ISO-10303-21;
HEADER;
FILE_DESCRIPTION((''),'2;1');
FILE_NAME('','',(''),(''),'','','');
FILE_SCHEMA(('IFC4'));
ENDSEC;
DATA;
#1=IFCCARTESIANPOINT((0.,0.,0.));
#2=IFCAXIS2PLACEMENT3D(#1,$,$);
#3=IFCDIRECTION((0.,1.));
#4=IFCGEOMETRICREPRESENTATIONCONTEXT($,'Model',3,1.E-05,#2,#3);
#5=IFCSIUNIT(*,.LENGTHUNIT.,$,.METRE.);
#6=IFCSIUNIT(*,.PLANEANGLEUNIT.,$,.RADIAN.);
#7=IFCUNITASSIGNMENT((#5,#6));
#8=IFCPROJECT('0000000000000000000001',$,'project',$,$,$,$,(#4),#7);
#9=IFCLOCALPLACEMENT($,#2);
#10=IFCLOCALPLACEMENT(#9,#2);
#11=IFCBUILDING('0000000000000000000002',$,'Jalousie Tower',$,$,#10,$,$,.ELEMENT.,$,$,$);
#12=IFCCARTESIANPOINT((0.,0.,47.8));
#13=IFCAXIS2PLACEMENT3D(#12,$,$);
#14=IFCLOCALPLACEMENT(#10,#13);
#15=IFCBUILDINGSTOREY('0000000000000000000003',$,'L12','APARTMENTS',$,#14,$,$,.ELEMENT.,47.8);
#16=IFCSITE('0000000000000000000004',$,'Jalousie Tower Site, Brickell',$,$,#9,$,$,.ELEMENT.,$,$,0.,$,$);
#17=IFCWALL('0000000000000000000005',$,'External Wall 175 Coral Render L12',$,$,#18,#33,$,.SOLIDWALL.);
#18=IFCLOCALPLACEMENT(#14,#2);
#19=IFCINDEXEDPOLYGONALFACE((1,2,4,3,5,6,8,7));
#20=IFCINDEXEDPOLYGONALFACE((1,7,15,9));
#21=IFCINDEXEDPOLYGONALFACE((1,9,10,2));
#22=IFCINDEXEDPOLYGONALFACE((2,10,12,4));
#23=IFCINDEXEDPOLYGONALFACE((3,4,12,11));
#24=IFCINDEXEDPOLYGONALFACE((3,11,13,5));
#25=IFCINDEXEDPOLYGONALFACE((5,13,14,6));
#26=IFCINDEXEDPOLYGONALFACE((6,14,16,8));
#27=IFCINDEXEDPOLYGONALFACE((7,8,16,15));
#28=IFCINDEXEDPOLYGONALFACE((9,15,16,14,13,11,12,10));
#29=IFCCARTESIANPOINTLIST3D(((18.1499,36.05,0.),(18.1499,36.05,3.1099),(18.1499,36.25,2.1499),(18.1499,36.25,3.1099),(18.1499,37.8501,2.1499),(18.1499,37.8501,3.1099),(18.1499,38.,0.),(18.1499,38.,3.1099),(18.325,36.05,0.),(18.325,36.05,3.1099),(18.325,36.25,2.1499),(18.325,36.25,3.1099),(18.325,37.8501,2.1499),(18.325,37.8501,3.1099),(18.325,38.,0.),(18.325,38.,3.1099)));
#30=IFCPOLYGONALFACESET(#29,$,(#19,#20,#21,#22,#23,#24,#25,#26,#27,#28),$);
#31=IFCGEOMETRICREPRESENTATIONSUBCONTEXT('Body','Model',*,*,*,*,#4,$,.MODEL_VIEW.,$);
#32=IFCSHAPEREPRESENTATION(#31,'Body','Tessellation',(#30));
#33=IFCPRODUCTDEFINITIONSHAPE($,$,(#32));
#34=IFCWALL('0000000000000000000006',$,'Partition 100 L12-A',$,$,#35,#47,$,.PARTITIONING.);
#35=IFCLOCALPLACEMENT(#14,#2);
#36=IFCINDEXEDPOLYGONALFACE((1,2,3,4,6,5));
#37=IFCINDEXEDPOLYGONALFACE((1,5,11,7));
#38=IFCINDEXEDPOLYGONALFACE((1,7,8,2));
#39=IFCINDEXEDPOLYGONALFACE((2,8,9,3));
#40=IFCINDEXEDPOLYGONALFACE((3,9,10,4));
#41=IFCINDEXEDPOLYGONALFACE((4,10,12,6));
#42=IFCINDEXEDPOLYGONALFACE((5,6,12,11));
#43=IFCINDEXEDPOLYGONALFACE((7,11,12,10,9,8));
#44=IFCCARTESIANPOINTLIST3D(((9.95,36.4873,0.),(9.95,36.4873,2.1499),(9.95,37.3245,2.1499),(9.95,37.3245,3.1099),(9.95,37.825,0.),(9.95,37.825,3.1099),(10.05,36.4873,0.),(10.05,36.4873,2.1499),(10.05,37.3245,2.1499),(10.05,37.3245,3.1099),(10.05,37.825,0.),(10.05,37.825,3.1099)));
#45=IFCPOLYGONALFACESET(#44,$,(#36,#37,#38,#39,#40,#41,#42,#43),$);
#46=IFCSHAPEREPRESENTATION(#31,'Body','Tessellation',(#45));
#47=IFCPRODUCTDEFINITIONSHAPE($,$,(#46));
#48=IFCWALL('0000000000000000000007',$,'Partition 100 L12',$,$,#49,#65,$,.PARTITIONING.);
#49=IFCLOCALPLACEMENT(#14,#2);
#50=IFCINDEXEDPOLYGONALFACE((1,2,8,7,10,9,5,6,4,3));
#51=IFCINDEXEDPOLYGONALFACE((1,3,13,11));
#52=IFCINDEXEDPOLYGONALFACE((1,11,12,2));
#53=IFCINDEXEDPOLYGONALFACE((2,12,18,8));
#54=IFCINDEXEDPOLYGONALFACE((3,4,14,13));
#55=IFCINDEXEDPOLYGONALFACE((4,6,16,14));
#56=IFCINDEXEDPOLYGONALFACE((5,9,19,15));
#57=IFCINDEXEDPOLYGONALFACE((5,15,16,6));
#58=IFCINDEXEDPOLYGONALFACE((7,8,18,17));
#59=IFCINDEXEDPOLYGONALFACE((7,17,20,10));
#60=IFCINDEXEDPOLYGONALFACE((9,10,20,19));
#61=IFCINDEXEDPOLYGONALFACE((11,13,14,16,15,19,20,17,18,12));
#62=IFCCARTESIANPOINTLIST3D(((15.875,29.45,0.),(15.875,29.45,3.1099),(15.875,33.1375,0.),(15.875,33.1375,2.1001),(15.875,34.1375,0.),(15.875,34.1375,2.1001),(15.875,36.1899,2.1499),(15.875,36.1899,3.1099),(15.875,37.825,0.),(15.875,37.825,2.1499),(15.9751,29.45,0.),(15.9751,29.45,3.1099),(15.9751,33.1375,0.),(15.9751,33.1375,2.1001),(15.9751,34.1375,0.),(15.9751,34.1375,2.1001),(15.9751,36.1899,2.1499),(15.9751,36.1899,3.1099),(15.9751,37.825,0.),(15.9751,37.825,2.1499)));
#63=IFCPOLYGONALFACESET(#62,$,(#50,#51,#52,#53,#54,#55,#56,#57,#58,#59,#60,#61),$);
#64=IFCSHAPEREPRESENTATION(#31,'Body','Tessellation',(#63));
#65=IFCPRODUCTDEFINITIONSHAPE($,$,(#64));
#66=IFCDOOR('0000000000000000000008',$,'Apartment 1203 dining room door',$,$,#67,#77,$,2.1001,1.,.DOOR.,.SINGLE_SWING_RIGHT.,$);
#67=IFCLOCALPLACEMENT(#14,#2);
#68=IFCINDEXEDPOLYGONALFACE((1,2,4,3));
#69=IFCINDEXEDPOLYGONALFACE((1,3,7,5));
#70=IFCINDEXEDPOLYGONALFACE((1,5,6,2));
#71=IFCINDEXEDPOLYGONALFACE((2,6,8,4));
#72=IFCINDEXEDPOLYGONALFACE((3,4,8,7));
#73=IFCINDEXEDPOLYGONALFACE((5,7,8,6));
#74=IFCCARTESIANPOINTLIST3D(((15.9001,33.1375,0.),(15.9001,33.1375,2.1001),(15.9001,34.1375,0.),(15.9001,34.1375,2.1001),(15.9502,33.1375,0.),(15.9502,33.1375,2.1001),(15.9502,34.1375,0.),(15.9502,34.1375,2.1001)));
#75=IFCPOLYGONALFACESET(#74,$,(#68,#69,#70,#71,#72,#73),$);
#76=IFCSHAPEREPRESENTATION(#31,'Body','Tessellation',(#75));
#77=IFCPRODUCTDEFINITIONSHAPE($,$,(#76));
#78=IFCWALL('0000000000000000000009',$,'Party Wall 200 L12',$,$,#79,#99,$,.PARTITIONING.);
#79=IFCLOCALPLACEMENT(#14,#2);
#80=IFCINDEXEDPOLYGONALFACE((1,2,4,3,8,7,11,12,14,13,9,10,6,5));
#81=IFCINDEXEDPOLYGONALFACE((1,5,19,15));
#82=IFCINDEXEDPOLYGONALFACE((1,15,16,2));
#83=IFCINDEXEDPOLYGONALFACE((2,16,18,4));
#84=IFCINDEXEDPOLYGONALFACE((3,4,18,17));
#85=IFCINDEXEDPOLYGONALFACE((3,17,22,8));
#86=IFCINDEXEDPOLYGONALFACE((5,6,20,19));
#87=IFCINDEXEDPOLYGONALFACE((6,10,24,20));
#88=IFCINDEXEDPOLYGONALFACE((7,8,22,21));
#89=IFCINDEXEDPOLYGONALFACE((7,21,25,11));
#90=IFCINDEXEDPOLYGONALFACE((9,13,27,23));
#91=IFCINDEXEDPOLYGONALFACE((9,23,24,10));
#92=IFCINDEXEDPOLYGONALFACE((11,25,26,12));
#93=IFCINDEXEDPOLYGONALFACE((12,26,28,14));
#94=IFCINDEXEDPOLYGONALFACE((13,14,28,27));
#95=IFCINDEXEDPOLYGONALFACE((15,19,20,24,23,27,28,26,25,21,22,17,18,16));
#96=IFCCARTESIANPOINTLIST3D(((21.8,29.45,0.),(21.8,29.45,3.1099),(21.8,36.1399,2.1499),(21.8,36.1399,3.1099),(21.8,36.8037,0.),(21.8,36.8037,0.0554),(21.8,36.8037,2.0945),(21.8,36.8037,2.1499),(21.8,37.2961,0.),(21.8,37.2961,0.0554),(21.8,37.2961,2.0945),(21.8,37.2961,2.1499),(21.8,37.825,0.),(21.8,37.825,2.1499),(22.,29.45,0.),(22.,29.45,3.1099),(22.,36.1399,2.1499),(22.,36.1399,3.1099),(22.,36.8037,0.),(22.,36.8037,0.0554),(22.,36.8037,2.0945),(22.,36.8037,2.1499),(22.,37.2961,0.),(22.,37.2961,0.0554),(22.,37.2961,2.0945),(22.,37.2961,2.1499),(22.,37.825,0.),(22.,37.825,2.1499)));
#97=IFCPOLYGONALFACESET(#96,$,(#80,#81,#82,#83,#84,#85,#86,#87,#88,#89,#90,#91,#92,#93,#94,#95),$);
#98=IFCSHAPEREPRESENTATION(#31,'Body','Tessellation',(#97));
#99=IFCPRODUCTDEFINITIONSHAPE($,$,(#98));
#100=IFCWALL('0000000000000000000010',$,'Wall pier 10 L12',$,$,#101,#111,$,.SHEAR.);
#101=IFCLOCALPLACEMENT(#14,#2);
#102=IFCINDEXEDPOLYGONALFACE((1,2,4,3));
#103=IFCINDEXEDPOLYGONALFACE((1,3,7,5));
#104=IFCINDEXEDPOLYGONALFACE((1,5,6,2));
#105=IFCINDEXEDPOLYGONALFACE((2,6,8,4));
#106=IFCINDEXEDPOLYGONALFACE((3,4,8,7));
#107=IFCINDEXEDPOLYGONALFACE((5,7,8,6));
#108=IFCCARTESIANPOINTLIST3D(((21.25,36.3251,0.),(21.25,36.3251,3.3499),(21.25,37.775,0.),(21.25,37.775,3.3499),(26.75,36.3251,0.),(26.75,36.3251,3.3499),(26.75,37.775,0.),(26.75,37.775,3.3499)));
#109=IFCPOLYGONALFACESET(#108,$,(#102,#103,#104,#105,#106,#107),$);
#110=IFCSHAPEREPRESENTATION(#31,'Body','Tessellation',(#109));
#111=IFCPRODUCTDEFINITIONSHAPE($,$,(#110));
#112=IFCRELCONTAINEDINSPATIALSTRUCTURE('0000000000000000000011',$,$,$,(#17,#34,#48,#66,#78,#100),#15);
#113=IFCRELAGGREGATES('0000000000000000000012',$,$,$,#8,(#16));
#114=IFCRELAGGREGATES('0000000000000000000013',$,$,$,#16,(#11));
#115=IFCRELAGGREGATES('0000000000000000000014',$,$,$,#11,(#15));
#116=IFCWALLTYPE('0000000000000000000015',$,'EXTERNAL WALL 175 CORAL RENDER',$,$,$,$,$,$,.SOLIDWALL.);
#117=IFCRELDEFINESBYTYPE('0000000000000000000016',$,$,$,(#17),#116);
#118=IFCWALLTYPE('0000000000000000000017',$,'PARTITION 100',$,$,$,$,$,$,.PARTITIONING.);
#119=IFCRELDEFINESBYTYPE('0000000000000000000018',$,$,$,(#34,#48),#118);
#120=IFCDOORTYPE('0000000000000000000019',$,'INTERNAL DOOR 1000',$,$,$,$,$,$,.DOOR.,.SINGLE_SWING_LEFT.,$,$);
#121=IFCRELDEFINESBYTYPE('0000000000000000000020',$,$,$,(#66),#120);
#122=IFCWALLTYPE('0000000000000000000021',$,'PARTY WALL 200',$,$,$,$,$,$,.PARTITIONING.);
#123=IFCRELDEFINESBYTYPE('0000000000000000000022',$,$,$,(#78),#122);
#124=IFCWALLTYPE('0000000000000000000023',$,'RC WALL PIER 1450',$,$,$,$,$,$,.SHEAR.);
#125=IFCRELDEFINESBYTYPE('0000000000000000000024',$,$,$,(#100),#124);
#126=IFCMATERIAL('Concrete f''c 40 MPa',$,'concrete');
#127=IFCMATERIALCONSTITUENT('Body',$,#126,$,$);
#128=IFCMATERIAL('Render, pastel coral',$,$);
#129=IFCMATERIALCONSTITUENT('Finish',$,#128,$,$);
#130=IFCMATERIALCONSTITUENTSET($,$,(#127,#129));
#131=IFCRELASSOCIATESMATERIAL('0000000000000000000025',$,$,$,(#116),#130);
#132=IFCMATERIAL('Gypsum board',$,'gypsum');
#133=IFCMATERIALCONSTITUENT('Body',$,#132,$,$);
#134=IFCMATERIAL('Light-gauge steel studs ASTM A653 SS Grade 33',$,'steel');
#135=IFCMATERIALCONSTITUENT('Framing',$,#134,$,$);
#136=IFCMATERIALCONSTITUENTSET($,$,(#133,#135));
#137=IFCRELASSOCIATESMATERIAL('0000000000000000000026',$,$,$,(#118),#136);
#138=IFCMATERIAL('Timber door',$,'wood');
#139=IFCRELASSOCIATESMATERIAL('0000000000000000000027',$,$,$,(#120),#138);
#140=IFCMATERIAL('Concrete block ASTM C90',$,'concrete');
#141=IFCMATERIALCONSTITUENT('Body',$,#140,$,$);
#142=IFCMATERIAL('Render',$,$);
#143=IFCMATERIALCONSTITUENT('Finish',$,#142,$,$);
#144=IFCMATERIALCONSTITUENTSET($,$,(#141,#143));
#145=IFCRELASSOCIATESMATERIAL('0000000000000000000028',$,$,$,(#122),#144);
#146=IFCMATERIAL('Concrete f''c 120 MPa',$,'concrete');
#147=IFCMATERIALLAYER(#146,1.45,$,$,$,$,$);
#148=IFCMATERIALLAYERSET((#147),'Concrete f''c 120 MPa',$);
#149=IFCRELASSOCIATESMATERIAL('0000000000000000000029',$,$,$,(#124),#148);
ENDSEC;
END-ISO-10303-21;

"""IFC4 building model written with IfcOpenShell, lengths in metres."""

from ifc_helpers import new_model, si_unit, direction, frame, frame_2d, origin, place, context, subcontext, project, spatial, polyline, rectangle, outline, extrude, material, layer, layer_set, constituent, constituent_set, type_object, element, fill, save


model = new_model("IFC4")

# Units and contexts
model_context = context("Model", 3, precision=1e-05, world=origin(), true_north=direction((0.0, 1.0)))
body_context = subcontext(model_context, "Body", "Model", "MODEL_VIEW")
ifc_project = project(units=[si_unit("LENGTHUNIT", "METRE"), si_unit("PLANEANGLEUNIT", "RADIAN")], contexts=[model_context])

# Site, building, storey
site_placement = place(None, origin())
site = spatial("IfcSite", under=ifc_project, at=site_placement, Name="Jalousie Tower Site, Brickell", CompositionType="ELEMENT", RefElevation=0.0)
building_placement = place(site_placement, origin())
building = spatial("IfcBuilding", under=site, at=building_placement, Name="Jalousie Tower", CompositionType="ELEMENT")
storey_placement = place(building_placement, frame((0.0, 0.0, 47.8)))
storey = spatial("IfcBuildingStorey", under=building, at=storey_placement, Name="L12", Description="APARTMENTS", CompositionType="ELEMENT", Elevation=47.8)

# Shared definitions
ifc_material_1 = material(Name="Concrete f'c 40 MPa", Category="concrete")
ifc_constituent_1 = constituent(ifc_material_1, Name="Body")
ifc_material_2 = material(Name="Render, pastel coral")
ifc_constituent_2 = constituent(ifc_material_2, Name="Finish")
ifc_constituent_set_1 = constituent_set(constituents=[ifc_constituent_1, ifc_constituent_2])
wall_type_1 = type_object("IfcWallType", Name="EXTERNAL WALL 175 CORAL RENDER", PredefinedType="SOLIDWALL", material=ifc_constituent_set_1)

# Walls
for number, where, z_axis, x_axis, name in (
    (1, (18.2375, 38.0, 0.0), (0.0, 0.0, 1.0), (0.0, -1.0, 0.0), "External Wall 175 Coral Render L12"),
):
    element("IfcWall", number, at=place(storey_placement, frame(where, z_axis=z_axis, x_axis=x_axis)), inside=storey, type_object=wall_type_1, Name=name, PredefinedType="SOLIDWALL", context=body_context, shape_type="SweptSolid", body=[
        extrude(outline(polyline([(0.0, 0.0), (1.95, 0.0), (1.95, 3.1099), (1.75, 3.1099), (1.75, 2.1499), (0.1499, 2.1499), (0.1499, 3.1099), (0.0, 3.1099), (0.0, 0.0)])), frame((0.0, 0.0874, 0.0), z_axis=(0.0, -1.0, 0.0), x_axis=(1.0, 0.0, 0.0)), (0.0, 0.0, 1.0), 0.175),
    ])
ifc_material_3 = material(Name="Gypsum board", Category="gypsum")
ifc_constituent_3 = constituent(ifc_material_3, Name="Body")
ifc_material_4 = material(Name="Light-gauge steel studs ASTM A653 SS Grade 33", Category="steel")
ifc_constituent_4 = constituent(ifc_material_4, Name="Framing")
ifc_constituent_set_2 = constituent_set(constituents=[ifc_constituent_3, ifc_constituent_4])
wall_type_2 = type_object("IfcWallType", Name="PARTITION 100", PredefinedType="PARTITIONING", material=ifc_constituent_set_2)
wall_1_placement = place(storey_placement, frame((10.0, 37.825, 0.0), z_axis=(0.0, 0.0, 1.0), x_axis=(0.0, -1.0, 0.0)))
element("IfcWall", 2, at=wall_1_placement, inside=storey, type_object=wall_type_2, Name="Partition 100 L12-A", PredefinedType="PARTITIONING", context=body_context, shape_type="SweptSolid", body=[
    extrude(outline(polyline([(0.0, 0.0), (1.3376, 0.0), (1.3376, 2.1499), (0.5005, 2.1499), (0.5005, 3.1099), (0.0, 3.1099), (0.0, 0.0)])), frame((0.0, 0.05, 0.0), z_axis=(0.0, -1.0, 0.0), x_axis=(1.0, 0.0, 0.0)), (0.0, 0.0, 1.0), 0.1001),
])

# Wall, opening, door
wall_2_placement = place(storey_placement, frame((15.925, 37.825, 0.0), z_axis=(0.0, 0.0, 1.0), x_axis=(0.0, -1.0, 0.0)))
wall_2 = element("IfcWall", 3, at=wall_2_placement, inside=storey, type_object=wall_type_2, Name="Partition 100 L12", PredefinedType="PARTITIONING", context=body_context, shape_type="SweptSolid", body=[
    extrude(outline(polyline([(0.0, 0.0), (8.375, 0.0), (8.375, 3.1099), (1.635, 3.1099), (1.635, 2.1499), (0.0, 2.1499), (0.0, 3.1099), (0.0, 0.0)])), frame((0.0, 0.05, 0.0), z_axis=(0.0, -1.0, 0.0), x_axis=(1.0, 0.0, 0.0)), (0.0, 0.0, 1.0), 0.1001),
])
opening_1_placement = place(wall_2_placement, frame((3.6875, 0.0, 0.0)))
opening_1 = element("IfcOpeningElement", 4, at=opening_1_placement, cuts=wall_2, PredefinedType="OPENING", context=body_context, shape_type="SweptSolid", body=[
    extrude(rectangle(XDim=1.0, YDim=2.1001, at=frame_2d((0.5, 1.05))), frame((0.0, 0.0601, 0.0), z_axis=(0.0, -1.0, 0.0), x_axis=(1.0, 0.0, 0.0)), (0.0, 0.0, 1.0), 0.1201),
])
ifc_material_5 = material(Name="Timber door", Category="wood")
door_type = type_object("IfcDoorType", Name="INTERNAL DOOR 1000", OperationType="SINGLE_SWING_LEFT", PredefinedType="DOOR", material=ifc_material_5)
door_placement = place(opening_1_placement, frame((1.0, 0.0, 0.0), z_axis=(0.0, 0.0, 1.0), x_axis=(-1.0, 0.0, 0.0)))
door = element("IfcDoor", 5, at=door_placement, inside=storey, type_object=door_type, Name="Apartment 1203 dining room door", OperationType="SINGLE_SWING_RIGHT", OverallHeight=2.1001, OverallWidth=1.0, PredefinedType="DOOR", context=body_context, shape_type="SweptSolid", body=[
    extrude(rectangle(XDim=1.0, YDim=2.1001, at=frame_2d((0.5, 1.05))), frame((0.0, 0.0249, 0.0), z_axis=(0.0, -1.0, 0.0), x_axis=(1.0, 0.0, 0.0)), (0.0, 0.0, 1.0), 0.05),
])
fill(opening_1, door)

# Walls
ifc_material_6 = material(Name="Concrete block ASTM C90", Category="concrete")
ifc_constituent_5 = constituent(ifc_material_6, Name="Body")
ifc_material_7 = material(Name="Render")
ifc_constituent_6 = constituent(ifc_material_7, Name="Finish")
ifc_constituent_set_3 = constituent_set(constituents=[ifc_constituent_5, ifc_constituent_6])
wall_type_3 = type_object("IfcWallType", Name="PARTY WALL 200", PredefinedType="PARTITIONING", material=ifc_constituent_set_3)
wall_3_placement = place(storey_placement, frame((21.8999, 37.825, 0.0), z_axis=(0.0, 0.0, 1.0), x_axis=(0.0, -1.0, 0.0)))
element("IfcWall", 6, at=wall_3_placement, inside=storey, type_object=wall_type_3, Name="Party Wall 200 L12", PredefinedType="PARTITIONING", context=body_context, shape_type="SweptSolid", body=[
    extrude(outline(polyline([(0.5288, 2.1499), (0.0, 2.1499), (0.0, 0.0), (0.5288, 0.0), (0.5288, 0.0554), (1.0212, 0.0554), (1.0212, 0.0), (8.375, 0.0), (8.375, 3.1099), (1.6851, 3.1099), (1.6851, 2.1499), (1.0212, 2.1499), (1.0212, 2.0945), (0.5288, 2.0945), (0.5288, 2.1499)])), frame((0.0, 0.1001, 0.0), z_axis=(0.0, -1.0, 0.0), x_axis=(1.0, 0.0, 0.0)), (0.0, 0.0, 1.0), 0.2),
])
ifc_material_8 = material(Name="Concrete f'c 120 MPa", Category="concrete")
ifc_layer_1 = layer(ifc_material_8, 1.45)
ifc_layer_set_1 = layer_set([ifc_layer_1], Name="Concrete f'c 120 MPa")
wall_type_4 = type_object("IfcWallType", Name="RC WALL PIER 1450", PredefinedType="SHEAR", material=ifc_layer_set_1)
wall_4_placement = place(storey_placement, frame((21.25, 37.05, 0.0), z_axis=(0.0, 0.0, 1.0), x_axis=(1.0, 0.0, 0.0)))
element("IfcWall", 7, at=wall_4_placement, inside=storey, type_object=wall_type_4, Name="Wall pier 10 L12", PredefinedType="SHEAR", context=body_context, shape_type="SweptSolid", body=[
    extrude(rectangle(XDim=5.5, YDim=1.45, at=frame_2d((2.75, 0.0))), origin(), (0.0, 0.0, 1.0), 3.3499),
])

save(model, "model.ifc")
